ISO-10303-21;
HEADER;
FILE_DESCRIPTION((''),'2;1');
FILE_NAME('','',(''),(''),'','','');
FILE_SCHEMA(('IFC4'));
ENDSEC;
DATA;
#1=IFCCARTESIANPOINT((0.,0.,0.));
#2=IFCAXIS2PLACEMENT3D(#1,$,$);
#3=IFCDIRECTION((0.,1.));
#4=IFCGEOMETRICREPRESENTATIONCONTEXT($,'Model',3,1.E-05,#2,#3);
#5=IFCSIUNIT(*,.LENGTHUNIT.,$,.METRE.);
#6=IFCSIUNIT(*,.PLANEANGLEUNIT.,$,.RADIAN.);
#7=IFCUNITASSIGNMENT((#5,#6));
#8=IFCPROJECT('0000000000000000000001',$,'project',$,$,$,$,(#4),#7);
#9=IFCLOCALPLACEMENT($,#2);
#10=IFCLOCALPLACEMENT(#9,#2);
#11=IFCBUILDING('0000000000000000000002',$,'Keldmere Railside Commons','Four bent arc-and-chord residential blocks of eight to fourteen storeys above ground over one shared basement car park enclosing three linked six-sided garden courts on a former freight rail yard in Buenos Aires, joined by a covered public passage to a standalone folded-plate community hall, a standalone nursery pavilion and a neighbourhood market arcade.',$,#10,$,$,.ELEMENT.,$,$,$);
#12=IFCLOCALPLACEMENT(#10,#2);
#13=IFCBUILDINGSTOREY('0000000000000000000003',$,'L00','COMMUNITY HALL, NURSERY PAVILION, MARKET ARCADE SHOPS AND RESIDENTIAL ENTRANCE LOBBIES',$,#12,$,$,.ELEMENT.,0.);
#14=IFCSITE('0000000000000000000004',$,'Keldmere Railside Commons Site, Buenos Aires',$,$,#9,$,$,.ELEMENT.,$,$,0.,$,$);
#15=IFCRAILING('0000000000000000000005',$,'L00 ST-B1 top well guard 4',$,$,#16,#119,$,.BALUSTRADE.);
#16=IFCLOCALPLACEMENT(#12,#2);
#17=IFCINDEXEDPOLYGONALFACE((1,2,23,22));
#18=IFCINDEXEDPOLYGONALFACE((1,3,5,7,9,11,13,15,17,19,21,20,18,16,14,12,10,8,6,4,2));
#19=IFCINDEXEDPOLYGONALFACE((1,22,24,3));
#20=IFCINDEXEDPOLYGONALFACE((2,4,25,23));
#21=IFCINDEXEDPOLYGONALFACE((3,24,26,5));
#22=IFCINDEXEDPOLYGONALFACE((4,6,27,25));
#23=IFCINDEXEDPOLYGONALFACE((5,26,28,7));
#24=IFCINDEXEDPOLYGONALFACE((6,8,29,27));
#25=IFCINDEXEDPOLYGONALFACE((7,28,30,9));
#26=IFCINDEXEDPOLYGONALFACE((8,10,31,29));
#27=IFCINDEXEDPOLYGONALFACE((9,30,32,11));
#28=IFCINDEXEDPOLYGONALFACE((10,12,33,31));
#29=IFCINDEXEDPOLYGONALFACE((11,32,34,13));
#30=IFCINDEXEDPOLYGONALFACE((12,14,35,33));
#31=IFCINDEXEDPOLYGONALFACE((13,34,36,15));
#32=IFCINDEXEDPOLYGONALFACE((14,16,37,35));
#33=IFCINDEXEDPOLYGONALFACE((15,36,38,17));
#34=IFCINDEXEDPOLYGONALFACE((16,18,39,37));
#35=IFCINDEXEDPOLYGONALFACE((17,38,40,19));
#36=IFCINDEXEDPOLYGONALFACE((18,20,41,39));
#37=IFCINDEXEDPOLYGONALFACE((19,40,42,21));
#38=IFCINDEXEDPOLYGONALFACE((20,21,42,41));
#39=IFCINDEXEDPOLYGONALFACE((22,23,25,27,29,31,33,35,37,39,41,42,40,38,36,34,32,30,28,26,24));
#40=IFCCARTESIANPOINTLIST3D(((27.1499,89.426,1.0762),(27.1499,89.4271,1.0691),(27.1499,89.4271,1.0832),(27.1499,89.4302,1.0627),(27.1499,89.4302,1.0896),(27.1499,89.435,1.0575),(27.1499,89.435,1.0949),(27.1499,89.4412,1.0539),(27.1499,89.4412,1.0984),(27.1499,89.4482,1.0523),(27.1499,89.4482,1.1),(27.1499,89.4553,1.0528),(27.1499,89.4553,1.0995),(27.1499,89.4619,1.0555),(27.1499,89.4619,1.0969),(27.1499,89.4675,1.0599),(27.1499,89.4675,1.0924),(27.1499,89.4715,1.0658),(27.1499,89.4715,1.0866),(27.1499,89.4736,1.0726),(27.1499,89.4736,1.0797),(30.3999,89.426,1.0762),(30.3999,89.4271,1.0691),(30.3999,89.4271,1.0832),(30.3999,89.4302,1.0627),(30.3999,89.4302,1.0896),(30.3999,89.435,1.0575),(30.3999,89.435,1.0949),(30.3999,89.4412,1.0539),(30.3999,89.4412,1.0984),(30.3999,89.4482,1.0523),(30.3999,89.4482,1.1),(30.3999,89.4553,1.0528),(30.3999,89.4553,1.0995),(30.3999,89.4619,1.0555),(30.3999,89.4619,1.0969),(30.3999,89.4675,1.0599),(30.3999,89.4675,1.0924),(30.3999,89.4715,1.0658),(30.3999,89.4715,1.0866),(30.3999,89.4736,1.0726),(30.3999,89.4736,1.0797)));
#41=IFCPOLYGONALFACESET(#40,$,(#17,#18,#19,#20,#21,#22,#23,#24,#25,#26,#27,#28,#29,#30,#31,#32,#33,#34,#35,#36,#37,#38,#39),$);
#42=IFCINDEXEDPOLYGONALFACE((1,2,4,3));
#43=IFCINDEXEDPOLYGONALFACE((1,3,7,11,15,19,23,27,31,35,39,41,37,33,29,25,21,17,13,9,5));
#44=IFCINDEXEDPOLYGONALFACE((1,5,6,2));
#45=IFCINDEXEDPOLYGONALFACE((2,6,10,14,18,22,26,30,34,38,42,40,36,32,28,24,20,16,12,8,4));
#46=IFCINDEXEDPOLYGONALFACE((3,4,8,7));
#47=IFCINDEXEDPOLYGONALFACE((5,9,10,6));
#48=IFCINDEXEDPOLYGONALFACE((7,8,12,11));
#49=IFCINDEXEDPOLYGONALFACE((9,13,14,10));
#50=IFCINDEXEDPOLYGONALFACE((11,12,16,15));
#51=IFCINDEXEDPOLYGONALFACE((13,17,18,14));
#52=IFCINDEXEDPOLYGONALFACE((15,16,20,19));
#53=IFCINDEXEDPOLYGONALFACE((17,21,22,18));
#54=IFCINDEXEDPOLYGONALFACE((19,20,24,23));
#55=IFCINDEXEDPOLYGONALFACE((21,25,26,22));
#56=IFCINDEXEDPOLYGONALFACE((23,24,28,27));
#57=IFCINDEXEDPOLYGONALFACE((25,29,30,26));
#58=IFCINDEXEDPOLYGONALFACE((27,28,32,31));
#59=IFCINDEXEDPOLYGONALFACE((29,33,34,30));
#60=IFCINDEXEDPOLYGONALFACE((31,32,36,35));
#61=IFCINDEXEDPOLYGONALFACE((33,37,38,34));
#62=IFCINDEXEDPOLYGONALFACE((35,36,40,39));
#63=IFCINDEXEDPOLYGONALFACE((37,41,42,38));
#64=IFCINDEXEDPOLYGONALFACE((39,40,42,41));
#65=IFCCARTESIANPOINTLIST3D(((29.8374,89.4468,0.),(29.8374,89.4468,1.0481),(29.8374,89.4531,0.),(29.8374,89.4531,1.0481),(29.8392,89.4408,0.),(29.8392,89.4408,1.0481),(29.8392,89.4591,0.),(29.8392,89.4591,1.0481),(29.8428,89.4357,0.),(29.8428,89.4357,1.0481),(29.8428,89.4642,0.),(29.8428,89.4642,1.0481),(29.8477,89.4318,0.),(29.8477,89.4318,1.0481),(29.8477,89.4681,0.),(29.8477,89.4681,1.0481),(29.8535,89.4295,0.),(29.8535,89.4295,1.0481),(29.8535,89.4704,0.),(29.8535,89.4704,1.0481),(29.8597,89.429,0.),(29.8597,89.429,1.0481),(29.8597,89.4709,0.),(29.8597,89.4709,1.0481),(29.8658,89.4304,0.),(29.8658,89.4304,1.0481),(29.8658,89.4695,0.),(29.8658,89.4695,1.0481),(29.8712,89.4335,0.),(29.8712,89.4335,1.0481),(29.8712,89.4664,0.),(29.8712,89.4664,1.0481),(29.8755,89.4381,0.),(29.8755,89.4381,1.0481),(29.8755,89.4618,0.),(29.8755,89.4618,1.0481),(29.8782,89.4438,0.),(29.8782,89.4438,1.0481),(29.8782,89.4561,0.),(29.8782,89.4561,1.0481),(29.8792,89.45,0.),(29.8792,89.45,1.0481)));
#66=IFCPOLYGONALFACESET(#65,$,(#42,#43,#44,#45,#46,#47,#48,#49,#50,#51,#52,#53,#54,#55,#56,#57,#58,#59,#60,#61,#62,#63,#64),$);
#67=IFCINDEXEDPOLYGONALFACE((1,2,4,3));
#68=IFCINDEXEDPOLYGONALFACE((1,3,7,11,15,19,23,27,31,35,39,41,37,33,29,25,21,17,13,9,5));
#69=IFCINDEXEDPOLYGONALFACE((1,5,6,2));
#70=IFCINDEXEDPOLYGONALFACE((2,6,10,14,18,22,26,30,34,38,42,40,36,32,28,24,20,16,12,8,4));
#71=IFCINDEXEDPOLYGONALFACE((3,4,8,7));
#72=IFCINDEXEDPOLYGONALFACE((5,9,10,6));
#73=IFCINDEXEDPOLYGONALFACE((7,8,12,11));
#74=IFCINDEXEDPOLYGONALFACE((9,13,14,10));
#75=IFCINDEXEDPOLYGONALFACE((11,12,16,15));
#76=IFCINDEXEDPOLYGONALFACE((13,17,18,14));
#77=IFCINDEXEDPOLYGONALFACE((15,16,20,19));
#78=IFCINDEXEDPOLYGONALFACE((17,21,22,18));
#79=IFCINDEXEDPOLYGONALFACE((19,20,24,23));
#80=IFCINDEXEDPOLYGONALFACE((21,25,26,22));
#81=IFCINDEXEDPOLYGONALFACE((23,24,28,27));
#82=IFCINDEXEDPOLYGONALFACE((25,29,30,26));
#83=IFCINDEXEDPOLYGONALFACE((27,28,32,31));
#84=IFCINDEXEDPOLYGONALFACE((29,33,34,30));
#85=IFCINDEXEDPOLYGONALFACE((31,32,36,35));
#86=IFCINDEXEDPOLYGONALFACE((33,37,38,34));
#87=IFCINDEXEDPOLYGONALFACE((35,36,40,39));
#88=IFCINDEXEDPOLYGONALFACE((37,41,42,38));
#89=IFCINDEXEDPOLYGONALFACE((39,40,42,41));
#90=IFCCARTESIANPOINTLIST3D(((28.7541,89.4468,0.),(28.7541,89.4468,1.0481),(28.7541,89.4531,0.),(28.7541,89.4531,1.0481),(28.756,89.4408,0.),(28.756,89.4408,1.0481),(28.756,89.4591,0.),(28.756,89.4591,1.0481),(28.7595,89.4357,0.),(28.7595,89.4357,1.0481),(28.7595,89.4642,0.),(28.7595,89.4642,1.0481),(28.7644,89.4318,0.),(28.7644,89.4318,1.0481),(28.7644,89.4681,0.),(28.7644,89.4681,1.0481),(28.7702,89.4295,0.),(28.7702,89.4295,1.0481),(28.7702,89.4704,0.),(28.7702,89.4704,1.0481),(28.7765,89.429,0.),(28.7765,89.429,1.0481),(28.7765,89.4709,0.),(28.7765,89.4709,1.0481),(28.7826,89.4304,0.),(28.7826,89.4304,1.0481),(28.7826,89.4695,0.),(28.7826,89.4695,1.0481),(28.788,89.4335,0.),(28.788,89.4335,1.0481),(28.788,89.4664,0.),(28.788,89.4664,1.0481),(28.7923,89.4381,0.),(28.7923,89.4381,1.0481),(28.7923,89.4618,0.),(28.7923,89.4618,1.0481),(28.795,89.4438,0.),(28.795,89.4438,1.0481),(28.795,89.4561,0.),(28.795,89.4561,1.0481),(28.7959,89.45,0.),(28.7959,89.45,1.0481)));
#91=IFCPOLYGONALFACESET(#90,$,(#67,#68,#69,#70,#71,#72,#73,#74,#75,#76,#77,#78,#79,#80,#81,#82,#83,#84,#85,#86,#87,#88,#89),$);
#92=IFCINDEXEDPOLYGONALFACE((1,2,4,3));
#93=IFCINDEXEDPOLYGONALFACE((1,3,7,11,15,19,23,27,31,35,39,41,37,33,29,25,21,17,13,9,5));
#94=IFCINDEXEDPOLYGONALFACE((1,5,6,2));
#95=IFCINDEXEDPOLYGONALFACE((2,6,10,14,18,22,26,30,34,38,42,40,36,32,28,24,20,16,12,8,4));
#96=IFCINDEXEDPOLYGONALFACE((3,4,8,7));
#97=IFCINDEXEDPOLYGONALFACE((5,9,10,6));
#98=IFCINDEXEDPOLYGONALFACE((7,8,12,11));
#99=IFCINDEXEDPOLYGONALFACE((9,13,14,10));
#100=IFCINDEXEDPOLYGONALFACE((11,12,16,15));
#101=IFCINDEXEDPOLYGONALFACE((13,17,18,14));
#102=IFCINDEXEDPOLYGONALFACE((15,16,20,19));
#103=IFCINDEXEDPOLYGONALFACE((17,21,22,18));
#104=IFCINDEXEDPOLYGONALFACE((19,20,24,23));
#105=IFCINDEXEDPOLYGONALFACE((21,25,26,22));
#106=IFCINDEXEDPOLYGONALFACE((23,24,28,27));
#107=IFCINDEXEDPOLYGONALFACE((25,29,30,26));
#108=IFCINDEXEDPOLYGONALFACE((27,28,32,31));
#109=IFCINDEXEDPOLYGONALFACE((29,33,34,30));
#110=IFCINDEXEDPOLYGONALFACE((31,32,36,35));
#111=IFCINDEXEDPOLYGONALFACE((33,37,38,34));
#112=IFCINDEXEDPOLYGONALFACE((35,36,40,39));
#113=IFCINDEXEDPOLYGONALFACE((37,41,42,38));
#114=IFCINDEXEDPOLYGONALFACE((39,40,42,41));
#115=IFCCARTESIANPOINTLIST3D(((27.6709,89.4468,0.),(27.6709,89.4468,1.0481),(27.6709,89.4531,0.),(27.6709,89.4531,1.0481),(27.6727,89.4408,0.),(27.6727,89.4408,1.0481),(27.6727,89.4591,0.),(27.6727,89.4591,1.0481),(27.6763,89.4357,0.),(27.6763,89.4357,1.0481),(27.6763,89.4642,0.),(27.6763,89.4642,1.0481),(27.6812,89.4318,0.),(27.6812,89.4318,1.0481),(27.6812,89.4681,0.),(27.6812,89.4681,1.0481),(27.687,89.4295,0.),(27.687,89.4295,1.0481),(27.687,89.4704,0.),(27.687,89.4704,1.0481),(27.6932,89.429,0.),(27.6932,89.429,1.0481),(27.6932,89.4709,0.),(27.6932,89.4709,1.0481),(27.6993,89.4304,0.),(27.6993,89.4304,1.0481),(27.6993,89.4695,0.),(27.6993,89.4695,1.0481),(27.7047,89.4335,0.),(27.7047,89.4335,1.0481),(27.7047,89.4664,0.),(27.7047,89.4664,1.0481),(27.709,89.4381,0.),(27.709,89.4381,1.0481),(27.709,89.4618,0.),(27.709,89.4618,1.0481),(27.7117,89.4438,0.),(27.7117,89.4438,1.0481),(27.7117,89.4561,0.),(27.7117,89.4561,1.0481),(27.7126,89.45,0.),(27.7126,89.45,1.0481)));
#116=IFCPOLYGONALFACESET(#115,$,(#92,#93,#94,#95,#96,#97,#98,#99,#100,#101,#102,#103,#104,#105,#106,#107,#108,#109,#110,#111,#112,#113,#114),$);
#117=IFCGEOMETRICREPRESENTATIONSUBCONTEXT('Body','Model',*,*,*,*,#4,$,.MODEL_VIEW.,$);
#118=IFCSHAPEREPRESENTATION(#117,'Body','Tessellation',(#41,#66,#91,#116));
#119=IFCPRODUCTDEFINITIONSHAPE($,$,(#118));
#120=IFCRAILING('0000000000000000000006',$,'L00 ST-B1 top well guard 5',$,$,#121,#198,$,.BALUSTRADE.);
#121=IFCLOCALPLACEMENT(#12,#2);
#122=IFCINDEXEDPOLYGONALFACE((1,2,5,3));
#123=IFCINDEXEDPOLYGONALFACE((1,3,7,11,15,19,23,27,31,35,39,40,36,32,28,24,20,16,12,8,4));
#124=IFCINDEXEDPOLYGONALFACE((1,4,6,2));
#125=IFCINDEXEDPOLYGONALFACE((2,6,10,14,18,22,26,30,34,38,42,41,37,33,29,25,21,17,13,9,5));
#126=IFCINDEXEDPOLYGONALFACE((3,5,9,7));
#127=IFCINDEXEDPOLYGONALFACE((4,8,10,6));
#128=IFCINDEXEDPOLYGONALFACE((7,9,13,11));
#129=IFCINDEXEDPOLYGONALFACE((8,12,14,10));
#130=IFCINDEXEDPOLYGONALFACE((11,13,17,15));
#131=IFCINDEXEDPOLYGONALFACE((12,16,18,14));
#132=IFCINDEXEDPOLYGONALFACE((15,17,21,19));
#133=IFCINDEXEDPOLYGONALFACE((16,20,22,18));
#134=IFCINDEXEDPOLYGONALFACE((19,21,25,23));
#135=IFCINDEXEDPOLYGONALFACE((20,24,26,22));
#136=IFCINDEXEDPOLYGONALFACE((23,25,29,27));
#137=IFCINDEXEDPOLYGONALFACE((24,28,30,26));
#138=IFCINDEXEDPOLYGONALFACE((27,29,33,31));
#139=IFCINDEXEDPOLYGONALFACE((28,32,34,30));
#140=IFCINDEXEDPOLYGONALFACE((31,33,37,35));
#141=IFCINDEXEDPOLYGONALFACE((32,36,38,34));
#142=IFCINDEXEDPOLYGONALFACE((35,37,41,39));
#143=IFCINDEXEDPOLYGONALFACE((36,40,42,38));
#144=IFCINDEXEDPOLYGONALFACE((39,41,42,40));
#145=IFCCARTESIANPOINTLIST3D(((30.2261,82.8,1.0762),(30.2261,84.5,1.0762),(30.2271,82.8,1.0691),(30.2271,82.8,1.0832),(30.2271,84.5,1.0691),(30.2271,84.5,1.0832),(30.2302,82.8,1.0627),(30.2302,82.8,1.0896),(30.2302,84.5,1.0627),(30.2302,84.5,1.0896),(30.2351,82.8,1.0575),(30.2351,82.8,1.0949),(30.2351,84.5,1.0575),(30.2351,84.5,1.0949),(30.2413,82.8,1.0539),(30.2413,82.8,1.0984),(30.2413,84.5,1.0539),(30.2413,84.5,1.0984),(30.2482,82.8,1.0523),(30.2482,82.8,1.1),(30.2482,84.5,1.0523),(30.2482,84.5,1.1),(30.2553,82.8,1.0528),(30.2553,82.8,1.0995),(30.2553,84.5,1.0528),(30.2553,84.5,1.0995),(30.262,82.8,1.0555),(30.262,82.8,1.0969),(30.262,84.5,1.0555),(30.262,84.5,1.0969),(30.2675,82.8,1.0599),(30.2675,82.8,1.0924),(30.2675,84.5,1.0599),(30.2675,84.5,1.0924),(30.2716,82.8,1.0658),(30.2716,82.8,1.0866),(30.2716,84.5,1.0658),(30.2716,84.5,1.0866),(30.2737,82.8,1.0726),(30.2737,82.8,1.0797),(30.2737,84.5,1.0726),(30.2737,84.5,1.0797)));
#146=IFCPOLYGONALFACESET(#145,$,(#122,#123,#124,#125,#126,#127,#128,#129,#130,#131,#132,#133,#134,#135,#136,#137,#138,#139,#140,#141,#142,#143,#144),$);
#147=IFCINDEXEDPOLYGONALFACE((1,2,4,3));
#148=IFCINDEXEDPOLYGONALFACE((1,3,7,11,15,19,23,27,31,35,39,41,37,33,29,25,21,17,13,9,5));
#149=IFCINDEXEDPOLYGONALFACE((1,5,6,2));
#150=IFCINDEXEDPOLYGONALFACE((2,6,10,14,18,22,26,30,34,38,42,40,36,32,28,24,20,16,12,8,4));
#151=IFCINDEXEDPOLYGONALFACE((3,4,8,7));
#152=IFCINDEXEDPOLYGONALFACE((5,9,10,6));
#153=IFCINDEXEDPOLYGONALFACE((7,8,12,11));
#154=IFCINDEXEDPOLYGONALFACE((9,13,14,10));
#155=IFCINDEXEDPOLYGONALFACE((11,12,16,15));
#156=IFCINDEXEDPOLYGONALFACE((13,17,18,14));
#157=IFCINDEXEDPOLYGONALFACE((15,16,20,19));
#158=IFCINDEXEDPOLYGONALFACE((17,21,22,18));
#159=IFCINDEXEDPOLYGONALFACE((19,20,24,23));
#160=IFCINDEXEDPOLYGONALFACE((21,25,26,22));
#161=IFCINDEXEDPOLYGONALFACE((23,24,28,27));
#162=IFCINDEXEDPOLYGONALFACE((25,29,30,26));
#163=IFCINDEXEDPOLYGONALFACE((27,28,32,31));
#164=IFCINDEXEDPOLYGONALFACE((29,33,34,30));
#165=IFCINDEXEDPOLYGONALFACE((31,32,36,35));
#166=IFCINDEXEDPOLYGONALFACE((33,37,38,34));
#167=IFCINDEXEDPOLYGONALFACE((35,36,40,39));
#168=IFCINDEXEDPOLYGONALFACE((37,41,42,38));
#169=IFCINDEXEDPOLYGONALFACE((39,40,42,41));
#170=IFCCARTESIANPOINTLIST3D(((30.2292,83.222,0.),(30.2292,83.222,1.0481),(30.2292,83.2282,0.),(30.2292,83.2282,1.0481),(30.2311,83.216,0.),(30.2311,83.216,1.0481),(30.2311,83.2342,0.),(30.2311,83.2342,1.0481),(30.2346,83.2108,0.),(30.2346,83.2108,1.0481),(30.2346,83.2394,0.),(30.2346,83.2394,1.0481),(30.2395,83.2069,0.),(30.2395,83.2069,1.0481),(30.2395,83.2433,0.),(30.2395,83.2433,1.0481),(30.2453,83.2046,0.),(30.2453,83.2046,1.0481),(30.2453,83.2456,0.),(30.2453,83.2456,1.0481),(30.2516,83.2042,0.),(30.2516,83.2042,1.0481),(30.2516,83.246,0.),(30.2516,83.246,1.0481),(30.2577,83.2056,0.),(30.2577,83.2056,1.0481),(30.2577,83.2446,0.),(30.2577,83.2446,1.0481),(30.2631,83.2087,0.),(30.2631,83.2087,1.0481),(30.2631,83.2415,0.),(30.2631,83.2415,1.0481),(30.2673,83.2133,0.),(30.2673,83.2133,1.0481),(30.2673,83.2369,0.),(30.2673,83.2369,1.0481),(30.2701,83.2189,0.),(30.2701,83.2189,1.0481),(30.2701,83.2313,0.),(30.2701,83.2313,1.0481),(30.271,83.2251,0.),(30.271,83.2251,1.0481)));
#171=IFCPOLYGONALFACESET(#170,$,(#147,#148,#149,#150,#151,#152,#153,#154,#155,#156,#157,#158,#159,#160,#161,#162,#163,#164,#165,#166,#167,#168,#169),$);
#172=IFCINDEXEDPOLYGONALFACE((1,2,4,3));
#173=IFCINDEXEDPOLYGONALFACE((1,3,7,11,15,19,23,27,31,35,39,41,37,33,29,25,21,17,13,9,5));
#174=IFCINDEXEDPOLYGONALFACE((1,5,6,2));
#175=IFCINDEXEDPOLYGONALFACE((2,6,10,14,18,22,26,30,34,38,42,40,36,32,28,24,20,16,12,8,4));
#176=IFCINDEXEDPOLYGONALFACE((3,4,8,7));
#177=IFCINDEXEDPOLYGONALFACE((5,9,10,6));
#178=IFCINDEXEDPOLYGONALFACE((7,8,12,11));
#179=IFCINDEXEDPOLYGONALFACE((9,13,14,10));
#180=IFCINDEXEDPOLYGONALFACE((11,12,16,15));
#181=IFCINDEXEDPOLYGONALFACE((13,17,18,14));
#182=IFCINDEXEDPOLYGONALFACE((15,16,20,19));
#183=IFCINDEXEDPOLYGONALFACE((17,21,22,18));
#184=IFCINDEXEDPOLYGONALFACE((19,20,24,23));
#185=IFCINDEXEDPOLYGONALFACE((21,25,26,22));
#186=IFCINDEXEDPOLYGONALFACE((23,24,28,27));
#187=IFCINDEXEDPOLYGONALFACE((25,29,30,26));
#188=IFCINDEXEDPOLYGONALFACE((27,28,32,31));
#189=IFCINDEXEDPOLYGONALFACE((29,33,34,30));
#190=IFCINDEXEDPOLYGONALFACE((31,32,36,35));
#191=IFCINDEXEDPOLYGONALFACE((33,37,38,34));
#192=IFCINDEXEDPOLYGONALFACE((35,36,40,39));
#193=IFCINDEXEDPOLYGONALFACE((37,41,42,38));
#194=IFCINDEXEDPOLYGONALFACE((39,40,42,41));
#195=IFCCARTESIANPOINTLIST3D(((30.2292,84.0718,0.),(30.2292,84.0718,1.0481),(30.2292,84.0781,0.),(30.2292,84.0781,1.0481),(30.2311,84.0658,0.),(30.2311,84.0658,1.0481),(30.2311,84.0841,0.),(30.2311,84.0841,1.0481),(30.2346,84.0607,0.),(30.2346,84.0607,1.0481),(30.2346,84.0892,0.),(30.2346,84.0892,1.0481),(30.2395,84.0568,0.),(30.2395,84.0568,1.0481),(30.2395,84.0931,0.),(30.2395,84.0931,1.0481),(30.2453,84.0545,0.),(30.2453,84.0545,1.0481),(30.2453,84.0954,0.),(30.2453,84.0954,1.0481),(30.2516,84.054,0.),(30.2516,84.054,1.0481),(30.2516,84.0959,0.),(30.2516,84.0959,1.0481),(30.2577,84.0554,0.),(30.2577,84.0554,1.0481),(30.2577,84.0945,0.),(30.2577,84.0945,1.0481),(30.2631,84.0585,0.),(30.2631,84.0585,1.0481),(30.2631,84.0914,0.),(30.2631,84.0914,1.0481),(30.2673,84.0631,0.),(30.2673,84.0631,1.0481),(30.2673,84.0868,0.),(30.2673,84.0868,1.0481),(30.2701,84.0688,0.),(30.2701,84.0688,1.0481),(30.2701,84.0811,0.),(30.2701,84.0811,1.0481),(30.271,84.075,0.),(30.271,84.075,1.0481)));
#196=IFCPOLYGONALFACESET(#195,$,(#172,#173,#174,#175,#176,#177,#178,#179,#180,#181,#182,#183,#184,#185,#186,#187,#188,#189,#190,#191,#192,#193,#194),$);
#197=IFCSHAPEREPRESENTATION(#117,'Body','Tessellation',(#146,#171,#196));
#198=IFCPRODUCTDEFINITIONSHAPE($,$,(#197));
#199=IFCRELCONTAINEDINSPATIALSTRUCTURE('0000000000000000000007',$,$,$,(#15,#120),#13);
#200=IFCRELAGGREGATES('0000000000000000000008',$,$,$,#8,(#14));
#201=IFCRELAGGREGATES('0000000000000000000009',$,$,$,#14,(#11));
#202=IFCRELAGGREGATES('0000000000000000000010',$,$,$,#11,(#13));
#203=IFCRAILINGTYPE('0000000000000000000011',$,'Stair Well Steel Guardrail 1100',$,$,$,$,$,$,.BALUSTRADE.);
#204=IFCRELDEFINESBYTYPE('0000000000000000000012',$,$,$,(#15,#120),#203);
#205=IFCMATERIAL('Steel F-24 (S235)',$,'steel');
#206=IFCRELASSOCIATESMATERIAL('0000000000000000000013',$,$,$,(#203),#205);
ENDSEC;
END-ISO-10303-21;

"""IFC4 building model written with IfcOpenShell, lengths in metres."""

from ifc_helpers import new_model, si_unit, direction, frame, origin, origin_2d, place, context, subcontext, project, spatial, circle, extrude, material, type_object, element, save


model = new_model("IFC4")

# Units and contexts
model_context = context("Model", 3, precision=1e-05, world=origin(), true_north=direction((0.0, 1.0)))
body_context = subcontext(model_context, "Body", "Model", "MODEL_VIEW")
ifc_project = project(units=[si_unit("LENGTHUNIT", "METRE"), si_unit("PLANEANGLEUNIT", "RADIAN")], contexts=[model_context])

# Site, building, storey
site_placement = place(None, origin())
site = spatial("IfcSite", under=ifc_project, at=site_placement, Name="Keldmere Railside Commons Site, Buenos Aires", CompositionType="ELEMENT", RefElevation=0.0)
building_placement = place(site_placement, origin())
building = spatial("IfcBuilding", under=site, at=building_placement, Name="Keldmere Railside Commons", Description="Four bent arc-and-chord residential blocks of eight to fourteen storeys above ground over one shared basement car park enclosing three linked six-sided garden courts on a former freight rail yard in Buenos Aires, joined by a covered public passage to a standalone folded-plate community hall, a standalone nursery pavilion and a neighbourhood market arcade.", CompositionType="ELEMENT")
storey_placement = place(building_placement, origin())
storey = spatial("IfcBuildingStorey", under=building, at=storey_placement, Name="L00", Description="COMMUNITY HALL, NURSERY PAVILION, MARKET ARCADE SHOPS AND RESIDENTIAL ENTRANCE LOBBIES", CompositionType="ELEMENT", Elevation=0.0)

# Shared definitions
ifc_material_1 = material(Name="Steel F-24 (S235)", Category="steel")

# Railings
railing_type = type_object("IfcRailingType", Name="Stair Well Steel Guardrail 1100", PredefinedType="BALUSTRADE", material=ifc_material_1)
railing_1_placement = place(storey_placement, frame((30.3999, 89.45, 0.0)))
element("IfcRailing", 1, at=railing_1_placement, inside=storey, type_object=railing_type, Name="L00 ST-B1 top well guard 4", PredefinedType="BALUSTRADE", context=body_context, shape_type="SweptSolid", body=[
    extrude(circle(Radius=0.0239, at=origin_2d()), frame((0.0, 0.0, 1.0762), z_axis=(-1.0, 0.0, 0.0), x_axis=(0.0, -1.0, 0.0)), (0.0, 0.0, 1.0), 3.25),
    extrude(circle(Radius=0.021, at=origin_2d()), frame((-0.5417, 0.0, 0.0)), (0.0, 0.0, 1.0), 1.0481),
    extrude(circle(Radius=0.021, at=origin_2d()), frame((-1.625, 0.0, 0.0)), (0.0, 0.0, 1.0), 1.0481),
    extrude(circle(Radius=0.021, at=origin_2d()), frame((-2.7083, 0.0, 0.0)), (0.0, 0.0, 1.0), 1.0481),
])
railing_2_placement = place(storey_placement, frame((30.25, 82.8, 0.0)))
element("IfcRailing", 2, at=railing_2_placement, inside=storey, type_object=railing_type, Name="L00 ST-B1 top well guard 5", PredefinedType="BALUSTRADE", context=body_context, shape_type="SweptSolid", body=[
    extrude(circle(Radius=0.0239, at=origin_2d()), frame((0.0, 0.0, 1.0762), z_axis=(0.0, 1.0, 0.0), x_axis=(-1.0, 0.0, 0.0)), (0.0, 0.0, 1.0), 1.7),
    extrude(circle(Radius=0.021, at=origin_2d()), frame((0.0, 0.425, 0.0)), (0.0, 0.0, 1.0), 1.0481),
    extrude(circle(Radius=0.021, at=origin_2d()), frame((0.0, 1.2749, 0.0)), (0.0, 0.0, 1.0), 1.0481),
])

save(model, "model.ifc")
